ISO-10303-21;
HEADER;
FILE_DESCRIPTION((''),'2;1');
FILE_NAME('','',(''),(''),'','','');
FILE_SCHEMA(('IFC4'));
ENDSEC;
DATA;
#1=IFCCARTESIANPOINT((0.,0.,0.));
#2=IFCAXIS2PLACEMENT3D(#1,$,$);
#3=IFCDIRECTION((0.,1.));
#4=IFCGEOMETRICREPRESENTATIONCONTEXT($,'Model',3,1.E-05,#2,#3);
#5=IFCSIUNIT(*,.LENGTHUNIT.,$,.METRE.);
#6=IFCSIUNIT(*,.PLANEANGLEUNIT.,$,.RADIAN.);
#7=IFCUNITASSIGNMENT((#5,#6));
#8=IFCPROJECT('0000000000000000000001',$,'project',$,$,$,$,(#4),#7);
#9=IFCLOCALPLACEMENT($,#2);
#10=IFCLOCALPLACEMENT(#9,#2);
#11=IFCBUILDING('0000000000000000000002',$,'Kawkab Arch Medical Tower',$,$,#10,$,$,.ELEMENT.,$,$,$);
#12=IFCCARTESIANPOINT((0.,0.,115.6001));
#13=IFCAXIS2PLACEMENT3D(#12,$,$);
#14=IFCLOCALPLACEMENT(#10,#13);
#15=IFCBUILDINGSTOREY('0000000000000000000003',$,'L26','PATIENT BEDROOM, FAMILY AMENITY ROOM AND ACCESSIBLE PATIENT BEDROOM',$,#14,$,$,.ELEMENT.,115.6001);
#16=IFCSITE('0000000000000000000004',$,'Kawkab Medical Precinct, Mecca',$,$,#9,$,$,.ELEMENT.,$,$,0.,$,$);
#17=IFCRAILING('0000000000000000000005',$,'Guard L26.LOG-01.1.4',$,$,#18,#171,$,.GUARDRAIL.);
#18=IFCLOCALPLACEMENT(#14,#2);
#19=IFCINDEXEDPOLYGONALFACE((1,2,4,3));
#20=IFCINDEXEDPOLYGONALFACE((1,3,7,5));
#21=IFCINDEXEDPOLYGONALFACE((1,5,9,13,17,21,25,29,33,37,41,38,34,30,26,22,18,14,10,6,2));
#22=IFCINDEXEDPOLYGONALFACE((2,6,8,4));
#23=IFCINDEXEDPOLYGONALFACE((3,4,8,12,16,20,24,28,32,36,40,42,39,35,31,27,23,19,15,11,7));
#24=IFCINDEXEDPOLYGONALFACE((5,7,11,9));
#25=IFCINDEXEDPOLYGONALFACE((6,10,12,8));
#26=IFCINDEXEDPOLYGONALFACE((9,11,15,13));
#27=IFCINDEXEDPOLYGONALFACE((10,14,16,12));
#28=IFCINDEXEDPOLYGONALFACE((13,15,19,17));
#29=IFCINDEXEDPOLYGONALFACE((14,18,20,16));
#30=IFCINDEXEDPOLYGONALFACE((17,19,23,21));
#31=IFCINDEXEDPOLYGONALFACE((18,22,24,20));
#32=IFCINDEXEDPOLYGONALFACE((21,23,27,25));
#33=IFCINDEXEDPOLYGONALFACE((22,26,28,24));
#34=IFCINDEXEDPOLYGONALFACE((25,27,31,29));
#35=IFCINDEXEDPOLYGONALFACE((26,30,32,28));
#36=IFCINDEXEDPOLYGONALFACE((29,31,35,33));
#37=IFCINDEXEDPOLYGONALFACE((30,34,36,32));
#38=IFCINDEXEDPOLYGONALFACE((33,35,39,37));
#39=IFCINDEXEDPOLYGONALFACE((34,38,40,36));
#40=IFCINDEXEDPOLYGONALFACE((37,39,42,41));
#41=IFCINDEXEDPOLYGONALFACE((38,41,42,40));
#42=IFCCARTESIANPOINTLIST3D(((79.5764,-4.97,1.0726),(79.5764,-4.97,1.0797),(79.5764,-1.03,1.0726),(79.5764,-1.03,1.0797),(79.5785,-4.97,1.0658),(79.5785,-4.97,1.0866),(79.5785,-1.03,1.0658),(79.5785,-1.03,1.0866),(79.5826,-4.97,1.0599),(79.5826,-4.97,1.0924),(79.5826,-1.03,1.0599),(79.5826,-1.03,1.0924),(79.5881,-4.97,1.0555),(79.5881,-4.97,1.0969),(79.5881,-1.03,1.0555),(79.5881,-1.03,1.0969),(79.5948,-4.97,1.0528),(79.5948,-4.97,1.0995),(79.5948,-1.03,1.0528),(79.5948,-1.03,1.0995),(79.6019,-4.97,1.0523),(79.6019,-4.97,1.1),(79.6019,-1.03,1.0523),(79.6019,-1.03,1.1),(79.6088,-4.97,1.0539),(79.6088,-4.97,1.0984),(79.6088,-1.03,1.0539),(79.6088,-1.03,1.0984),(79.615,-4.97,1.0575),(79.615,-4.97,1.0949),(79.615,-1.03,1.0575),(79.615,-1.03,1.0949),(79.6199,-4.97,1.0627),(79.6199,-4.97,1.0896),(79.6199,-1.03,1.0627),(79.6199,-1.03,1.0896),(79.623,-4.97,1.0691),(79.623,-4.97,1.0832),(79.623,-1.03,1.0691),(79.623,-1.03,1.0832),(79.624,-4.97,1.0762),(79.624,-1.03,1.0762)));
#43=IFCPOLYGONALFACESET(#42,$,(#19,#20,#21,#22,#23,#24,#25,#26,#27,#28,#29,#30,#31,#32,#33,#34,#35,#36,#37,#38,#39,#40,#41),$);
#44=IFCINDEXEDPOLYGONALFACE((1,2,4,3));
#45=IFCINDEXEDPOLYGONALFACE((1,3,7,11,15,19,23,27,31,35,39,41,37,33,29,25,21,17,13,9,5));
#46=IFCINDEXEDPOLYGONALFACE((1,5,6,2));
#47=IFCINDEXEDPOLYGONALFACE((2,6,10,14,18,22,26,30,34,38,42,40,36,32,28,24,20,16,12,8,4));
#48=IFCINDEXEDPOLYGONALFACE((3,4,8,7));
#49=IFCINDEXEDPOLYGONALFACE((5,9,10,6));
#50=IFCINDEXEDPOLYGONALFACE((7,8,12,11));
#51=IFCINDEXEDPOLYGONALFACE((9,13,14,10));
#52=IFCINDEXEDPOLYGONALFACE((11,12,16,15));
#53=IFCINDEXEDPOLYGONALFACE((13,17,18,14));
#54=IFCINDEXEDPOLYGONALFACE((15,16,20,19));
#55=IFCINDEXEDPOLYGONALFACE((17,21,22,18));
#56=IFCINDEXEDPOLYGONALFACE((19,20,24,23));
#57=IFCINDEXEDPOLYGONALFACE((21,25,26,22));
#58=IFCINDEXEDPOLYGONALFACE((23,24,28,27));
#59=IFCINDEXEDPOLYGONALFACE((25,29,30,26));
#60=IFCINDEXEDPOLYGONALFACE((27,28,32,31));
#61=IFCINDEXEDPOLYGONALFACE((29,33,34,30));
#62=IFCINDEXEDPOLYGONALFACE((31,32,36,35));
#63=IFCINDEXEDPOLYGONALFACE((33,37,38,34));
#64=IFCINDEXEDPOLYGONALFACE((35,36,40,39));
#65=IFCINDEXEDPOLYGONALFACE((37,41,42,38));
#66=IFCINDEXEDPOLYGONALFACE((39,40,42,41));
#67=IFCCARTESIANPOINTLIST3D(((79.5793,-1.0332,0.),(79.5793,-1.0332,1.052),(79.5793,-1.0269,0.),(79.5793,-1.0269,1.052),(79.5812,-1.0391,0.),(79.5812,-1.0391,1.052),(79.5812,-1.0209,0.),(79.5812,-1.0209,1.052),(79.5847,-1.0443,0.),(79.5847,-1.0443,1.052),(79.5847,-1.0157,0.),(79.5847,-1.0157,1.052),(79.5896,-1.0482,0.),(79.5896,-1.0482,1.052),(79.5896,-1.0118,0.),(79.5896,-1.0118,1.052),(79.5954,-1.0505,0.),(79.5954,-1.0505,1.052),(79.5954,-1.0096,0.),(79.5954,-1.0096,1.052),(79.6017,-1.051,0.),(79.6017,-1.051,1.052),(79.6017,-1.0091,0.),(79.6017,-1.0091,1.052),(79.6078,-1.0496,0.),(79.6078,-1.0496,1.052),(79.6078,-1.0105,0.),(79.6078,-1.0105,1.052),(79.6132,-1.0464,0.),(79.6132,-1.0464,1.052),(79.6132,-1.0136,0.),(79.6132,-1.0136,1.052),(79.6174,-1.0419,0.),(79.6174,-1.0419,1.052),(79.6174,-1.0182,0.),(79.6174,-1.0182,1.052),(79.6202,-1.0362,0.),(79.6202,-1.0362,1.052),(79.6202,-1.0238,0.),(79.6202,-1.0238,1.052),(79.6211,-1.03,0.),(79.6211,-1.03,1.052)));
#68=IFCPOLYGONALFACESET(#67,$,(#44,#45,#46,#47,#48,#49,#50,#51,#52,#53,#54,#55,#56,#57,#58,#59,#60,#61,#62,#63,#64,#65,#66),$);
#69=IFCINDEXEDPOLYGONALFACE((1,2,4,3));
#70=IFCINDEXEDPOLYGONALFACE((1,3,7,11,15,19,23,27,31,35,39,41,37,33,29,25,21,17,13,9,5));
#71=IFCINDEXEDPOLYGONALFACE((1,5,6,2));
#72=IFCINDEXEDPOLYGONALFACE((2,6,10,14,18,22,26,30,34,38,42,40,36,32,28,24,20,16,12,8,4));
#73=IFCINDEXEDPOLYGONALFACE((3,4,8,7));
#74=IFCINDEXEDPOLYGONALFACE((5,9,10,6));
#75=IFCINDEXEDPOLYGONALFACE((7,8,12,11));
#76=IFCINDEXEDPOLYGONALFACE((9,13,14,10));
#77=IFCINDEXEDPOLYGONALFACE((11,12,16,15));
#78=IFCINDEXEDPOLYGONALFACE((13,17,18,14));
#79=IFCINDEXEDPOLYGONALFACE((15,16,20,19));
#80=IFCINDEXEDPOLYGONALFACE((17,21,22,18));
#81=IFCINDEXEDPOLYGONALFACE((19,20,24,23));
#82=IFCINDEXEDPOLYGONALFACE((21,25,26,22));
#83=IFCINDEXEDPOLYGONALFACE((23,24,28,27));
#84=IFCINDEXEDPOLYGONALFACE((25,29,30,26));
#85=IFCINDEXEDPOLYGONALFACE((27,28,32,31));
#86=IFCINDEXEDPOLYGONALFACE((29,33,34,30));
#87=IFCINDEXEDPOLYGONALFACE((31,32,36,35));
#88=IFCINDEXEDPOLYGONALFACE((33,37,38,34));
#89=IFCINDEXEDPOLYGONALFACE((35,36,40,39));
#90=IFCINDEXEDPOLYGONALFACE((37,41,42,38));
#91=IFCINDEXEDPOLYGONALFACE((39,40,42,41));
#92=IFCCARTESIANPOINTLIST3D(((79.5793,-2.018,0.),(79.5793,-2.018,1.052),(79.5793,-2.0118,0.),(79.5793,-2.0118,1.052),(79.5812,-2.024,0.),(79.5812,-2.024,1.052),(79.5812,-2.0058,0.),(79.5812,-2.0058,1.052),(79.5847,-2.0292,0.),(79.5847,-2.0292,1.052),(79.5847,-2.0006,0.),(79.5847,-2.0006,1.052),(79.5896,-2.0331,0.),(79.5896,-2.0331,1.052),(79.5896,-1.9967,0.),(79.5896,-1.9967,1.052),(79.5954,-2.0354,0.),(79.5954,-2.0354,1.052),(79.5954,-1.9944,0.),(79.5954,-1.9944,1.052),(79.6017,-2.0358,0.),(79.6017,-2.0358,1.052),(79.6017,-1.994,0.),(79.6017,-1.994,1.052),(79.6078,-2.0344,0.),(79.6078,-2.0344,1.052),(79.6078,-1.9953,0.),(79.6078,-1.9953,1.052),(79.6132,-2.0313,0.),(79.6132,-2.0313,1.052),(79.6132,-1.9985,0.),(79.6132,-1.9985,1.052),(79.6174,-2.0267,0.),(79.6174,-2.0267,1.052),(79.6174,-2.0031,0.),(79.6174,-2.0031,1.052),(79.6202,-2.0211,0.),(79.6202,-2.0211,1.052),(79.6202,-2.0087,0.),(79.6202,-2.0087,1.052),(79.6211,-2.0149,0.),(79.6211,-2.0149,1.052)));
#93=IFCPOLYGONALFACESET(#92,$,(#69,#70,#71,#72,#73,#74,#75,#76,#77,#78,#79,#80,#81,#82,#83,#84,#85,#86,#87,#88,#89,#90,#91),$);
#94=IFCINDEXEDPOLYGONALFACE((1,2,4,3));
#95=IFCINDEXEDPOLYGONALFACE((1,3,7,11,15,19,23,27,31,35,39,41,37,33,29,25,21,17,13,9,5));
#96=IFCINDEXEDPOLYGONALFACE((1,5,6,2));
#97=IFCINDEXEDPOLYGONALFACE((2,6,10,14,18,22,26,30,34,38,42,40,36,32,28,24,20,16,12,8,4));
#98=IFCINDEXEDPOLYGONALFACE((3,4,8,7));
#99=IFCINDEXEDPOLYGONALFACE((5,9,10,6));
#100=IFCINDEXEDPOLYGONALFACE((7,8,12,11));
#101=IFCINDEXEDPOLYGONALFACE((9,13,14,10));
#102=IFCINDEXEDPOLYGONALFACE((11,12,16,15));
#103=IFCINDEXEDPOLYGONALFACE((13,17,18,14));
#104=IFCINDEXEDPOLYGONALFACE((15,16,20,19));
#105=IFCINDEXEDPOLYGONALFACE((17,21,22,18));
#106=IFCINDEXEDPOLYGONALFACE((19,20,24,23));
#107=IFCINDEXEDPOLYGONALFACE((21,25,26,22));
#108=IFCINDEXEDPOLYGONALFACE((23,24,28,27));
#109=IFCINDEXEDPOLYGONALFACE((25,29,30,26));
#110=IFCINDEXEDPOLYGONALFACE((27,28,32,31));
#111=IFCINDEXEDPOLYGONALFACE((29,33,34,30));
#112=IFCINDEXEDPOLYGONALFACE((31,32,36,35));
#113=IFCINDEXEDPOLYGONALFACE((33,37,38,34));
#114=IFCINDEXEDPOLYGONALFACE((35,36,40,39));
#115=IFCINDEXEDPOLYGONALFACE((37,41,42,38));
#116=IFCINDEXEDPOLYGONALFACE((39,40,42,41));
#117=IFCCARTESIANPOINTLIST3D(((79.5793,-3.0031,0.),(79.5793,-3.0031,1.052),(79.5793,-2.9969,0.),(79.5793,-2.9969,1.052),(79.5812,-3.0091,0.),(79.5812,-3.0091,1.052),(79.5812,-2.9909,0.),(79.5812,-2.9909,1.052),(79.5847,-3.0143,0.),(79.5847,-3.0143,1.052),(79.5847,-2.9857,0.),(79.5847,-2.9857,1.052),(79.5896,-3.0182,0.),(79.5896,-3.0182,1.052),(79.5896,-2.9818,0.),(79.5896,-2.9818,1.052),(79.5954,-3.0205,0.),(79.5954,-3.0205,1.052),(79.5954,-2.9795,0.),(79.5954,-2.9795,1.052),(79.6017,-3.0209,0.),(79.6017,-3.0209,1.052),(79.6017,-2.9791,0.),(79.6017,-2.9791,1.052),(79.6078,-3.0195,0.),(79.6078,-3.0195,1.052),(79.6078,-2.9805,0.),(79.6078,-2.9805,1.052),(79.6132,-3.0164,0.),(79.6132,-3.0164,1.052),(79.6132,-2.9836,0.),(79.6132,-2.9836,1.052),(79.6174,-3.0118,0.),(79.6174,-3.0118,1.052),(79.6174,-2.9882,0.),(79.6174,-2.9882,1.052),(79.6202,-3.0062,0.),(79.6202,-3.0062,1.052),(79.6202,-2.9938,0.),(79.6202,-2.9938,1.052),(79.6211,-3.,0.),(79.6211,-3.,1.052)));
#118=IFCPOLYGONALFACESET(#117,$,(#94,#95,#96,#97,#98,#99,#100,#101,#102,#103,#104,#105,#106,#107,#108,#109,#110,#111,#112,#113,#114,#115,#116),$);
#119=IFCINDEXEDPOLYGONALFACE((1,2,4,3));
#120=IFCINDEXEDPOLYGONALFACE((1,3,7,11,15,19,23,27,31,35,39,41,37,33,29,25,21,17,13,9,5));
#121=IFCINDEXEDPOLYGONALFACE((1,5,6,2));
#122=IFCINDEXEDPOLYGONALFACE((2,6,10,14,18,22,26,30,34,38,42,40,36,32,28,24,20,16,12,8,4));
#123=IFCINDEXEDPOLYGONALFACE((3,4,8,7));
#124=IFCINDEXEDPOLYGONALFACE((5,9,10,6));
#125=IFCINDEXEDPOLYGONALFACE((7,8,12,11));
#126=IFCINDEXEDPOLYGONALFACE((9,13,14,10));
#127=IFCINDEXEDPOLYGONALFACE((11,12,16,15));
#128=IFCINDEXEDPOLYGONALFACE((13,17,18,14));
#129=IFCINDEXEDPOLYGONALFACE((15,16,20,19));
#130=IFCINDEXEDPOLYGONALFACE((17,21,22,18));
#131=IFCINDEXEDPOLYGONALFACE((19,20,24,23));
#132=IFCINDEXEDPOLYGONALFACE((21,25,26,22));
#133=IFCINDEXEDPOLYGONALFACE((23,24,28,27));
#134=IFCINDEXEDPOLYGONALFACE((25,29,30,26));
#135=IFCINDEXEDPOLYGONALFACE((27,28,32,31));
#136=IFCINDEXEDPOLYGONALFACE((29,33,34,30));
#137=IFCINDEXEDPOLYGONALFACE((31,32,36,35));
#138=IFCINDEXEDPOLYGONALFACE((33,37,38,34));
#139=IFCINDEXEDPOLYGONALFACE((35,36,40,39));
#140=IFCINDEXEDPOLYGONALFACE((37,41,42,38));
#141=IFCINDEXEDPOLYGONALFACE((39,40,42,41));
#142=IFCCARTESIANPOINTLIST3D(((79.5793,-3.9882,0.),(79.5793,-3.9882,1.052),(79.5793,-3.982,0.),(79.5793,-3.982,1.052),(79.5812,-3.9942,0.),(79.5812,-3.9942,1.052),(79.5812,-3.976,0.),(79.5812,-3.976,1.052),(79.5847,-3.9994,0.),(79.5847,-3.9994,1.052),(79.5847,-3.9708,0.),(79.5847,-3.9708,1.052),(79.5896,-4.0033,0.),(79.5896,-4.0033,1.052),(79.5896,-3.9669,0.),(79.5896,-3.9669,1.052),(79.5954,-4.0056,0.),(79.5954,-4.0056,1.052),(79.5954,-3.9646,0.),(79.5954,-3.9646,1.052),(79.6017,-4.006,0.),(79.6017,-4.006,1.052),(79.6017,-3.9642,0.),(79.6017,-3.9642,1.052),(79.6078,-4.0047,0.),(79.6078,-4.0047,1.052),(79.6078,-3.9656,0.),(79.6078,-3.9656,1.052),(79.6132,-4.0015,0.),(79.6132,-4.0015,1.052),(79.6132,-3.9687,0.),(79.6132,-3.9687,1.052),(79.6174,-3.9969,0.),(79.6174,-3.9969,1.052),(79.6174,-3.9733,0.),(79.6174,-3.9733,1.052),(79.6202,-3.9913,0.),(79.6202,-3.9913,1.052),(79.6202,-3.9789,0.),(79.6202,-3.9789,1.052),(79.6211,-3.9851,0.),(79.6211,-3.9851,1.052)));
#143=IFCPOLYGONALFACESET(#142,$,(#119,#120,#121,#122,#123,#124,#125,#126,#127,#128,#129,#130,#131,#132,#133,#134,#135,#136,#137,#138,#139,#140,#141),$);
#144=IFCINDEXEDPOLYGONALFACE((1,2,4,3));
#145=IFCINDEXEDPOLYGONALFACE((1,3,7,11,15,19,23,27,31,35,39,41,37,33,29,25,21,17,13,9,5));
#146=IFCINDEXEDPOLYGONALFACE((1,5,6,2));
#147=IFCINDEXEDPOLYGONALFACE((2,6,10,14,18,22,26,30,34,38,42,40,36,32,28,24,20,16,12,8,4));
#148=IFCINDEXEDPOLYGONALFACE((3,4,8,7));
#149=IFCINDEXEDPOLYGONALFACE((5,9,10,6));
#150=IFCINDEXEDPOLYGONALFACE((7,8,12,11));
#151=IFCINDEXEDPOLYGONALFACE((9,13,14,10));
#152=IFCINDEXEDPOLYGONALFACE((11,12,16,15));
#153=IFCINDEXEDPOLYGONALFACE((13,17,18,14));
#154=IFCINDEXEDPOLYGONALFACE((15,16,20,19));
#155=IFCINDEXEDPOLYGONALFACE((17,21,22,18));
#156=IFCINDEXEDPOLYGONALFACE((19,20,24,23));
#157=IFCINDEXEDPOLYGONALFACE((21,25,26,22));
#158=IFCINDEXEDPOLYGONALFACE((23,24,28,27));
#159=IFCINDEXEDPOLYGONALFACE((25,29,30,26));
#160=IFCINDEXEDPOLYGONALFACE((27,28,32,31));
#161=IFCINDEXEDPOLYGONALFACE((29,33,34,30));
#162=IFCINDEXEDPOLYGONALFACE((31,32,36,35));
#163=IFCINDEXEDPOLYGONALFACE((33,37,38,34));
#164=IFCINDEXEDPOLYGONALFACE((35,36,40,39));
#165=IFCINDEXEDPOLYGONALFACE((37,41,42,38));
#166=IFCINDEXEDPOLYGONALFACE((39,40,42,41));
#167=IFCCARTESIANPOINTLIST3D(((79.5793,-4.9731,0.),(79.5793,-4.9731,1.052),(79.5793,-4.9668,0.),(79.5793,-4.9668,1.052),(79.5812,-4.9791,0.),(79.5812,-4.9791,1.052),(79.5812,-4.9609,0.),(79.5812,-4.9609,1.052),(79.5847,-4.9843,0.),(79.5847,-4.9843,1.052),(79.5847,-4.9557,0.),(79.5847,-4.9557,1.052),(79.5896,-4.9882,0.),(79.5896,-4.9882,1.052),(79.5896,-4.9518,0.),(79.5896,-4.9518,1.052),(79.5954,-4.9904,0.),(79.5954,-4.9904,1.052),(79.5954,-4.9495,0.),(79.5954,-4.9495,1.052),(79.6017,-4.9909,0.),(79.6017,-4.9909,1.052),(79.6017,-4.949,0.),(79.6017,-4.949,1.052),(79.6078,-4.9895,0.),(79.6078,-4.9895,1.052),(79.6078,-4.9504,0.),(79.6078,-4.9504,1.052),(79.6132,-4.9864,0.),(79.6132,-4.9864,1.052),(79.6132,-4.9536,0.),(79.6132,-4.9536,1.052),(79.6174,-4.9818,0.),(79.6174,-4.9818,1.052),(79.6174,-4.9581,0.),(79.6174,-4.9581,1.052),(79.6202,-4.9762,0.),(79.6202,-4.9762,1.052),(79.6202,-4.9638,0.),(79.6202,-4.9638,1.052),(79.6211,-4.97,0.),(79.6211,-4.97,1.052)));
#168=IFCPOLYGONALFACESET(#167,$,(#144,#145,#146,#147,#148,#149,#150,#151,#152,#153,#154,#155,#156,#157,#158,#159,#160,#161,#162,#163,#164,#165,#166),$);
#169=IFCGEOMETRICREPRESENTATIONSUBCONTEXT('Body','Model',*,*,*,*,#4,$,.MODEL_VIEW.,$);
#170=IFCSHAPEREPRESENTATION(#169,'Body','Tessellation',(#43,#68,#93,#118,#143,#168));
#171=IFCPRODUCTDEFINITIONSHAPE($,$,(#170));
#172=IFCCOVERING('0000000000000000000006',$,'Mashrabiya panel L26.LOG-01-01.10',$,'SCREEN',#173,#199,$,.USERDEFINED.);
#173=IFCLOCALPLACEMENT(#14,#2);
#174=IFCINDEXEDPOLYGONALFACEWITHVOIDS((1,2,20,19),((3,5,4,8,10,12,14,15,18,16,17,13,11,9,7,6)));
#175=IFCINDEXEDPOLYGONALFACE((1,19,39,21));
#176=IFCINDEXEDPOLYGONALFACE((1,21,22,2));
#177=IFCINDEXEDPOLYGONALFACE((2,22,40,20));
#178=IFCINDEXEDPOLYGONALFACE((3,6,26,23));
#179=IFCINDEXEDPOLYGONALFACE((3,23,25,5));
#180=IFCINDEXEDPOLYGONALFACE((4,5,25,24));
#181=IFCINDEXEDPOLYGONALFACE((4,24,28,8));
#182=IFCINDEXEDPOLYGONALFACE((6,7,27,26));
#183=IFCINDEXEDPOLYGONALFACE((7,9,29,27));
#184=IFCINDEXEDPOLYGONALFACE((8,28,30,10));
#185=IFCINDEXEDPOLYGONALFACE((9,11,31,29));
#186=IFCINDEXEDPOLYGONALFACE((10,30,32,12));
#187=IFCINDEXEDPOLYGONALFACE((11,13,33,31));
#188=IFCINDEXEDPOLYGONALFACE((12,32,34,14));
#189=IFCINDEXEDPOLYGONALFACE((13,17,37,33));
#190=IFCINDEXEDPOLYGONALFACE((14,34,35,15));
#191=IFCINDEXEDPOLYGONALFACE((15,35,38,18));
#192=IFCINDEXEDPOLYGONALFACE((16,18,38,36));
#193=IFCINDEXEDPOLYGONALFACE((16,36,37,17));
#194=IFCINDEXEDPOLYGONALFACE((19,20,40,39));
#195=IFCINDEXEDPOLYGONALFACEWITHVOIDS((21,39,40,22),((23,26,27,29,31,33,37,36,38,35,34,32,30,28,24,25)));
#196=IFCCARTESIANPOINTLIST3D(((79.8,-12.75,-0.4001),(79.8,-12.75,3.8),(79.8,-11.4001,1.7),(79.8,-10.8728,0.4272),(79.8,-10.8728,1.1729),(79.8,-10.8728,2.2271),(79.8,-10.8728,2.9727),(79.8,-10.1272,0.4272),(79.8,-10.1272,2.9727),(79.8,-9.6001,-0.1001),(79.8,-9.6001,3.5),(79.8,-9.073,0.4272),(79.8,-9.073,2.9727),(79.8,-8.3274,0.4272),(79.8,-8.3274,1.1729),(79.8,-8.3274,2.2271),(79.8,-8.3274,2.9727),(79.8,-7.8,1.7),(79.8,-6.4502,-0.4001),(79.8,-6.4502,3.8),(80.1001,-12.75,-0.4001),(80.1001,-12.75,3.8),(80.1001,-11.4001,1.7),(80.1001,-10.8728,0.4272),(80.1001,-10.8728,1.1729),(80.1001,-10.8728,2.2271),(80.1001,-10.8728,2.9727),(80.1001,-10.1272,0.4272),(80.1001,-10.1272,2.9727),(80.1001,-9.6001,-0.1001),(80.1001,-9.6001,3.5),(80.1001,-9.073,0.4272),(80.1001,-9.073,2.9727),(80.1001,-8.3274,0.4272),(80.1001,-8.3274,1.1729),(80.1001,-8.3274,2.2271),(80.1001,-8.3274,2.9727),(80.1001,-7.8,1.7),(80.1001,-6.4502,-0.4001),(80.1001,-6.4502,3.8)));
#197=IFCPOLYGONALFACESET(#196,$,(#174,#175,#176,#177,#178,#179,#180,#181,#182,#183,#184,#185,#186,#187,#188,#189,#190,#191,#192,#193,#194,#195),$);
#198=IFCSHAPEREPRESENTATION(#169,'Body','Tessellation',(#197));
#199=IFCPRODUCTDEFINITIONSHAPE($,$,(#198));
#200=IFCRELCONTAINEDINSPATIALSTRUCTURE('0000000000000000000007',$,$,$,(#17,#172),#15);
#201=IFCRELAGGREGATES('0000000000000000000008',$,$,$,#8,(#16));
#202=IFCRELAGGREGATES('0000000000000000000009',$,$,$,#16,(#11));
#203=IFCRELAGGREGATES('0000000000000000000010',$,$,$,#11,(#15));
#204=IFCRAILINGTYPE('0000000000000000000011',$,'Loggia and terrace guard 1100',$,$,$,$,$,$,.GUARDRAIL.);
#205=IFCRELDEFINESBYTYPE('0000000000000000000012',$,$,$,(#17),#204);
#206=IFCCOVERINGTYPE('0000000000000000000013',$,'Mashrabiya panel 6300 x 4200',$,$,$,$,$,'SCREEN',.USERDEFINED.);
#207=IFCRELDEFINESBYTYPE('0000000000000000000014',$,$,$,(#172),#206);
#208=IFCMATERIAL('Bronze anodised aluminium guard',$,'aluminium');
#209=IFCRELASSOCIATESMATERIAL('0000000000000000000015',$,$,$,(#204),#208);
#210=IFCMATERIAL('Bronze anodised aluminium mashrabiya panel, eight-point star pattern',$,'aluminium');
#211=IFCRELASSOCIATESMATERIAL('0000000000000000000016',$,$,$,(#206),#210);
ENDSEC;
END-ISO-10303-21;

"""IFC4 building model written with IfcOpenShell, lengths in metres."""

from ifc_helpers import new_model, si_unit, direction, frame, origin, origin_2d, place, context, subcontext, project, spatial, polyline, circle, outline, extrude, material, material_profile, profile_set, type_object, element, save


model = new_model("IFC4")

# Units and contexts
model_context = context("Model", 3, precision=1e-05, world=origin(), true_north=direction((0.0, 1.0)))
body_context = subcontext(model_context, "Body", "Model", "MODEL_VIEW")
ifc_project = project(units=[si_unit("LENGTHUNIT", "METRE"), si_unit("PLANEANGLEUNIT", "RADIAN")], contexts=[model_context])

# Site, building, storey
site_placement = place(None, origin())
site = spatial("IfcSite", under=ifc_project, at=site_placement, Name="Kawkab Medical Precinct, Mecca", CompositionType="ELEMENT", RefElevation=0.0)
building_placement = place(site_placement, origin())
building = spatial("IfcBuilding", under=site, at=building_placement, Name="Kawkab Arch Medical Tower", CompositionType="ELEMENT")
storey_placement = place(building_placement, frame((0.0, 0.0, 115.6001)))
storey = spatial("IfcBuildingStorey", under=building, at=storey_placement, Name="L26", Description="PATIENT BEDROOM, FAMILY AMENITY ROOM AND ACCESSIBLE PATIENT BEDROOM", CompositionType="ELEMENT", Elevation=115.6001)

# Railing
ifc_material_1 = material(Name="Bronze anodised aluminium guard", Category="aluminium")
railing_type_1 = type_object("IfcRailingType", Name="Loggia and terrace guard 1100", PredefinedType="GUARDRAIL", material=ifc_material_1)
railing_1_placement = place(storey_placement, frame((79.6001, -1.03, 0.0)))
element("IfcRailing", 1, at=railing_1_placement, inside=storey, type_object=railing_type_1, Name="Guard L26.LOG-01.1.4", PredefinedType="GUARDRAIL", context=body_context, shape_type="SweptSolid", body=[
    extrude(circle(Radius=0.0239, at=origin_2d()), frame((0.0, 0.0, 1.0762), z_axis=(0.0, -1.0, 0.0), x_axis=(1.0, 0.0, 0.0)), (0.0, 0.0, 1.0), 3.9399),
    extrude(circle(Radius=0.021, at=origin_2d()), origin(), (0.0, 0.0, 1.0), 1.052),
    extrude(circle(Radius=0.021, at=origin_2d()), frame((0.0, -0.9849, 0.0)), (0.0, 0.0, 1.0), 1.052),
    extrude(circle(Radius=0.021, at=origin_2d()), frame((0.0, -1.97, 0.0)), (0.0, 0.0, 1.0), 1.052),
    extrude(circle(Radius=0.021, at=origin_2d()), frame((0.0, -2.9551, 0.0)), (0.0, 0.0, 1.0), 1.052),
    extrude(circle(Radius=0.021, at=origin_2d()), frame((0.0, -3.9399, 0.0)), (0.0, 0.0, 1.0), 1.052),
])

# Covering
ifc_material_2 = material(Name="Bronze anodised aluminium mashrabiya panel, eight-point star pattern", Category="aluminium")
ifc_material_profile_1 = material_profile(ifc_material_2, outline(polyline([(-3.1499, -2.1001), (3.1499, -2.1001), (3.1499, 2.1001), (-3.1499, 2.1001), (-3.1499, -2.1001)]), holes=[polyline([(1.8, 0.0), (1.2727, 0.5271), (1.2727, 1.2727), (0.5271, 1.2727), (0.0, 1.8), (-0.5271, 1.2727), (-1.2727, 1.2727), (-1.2727, 0.5271), (-1.8, 0.0), (-1.2727, -0.5271), (-1.2727, -1.2727), (-0.5271, -1.2727), (0.0, -1.8), (0.5271, -1.2727), (1.2727, -1.2727), (1.2727, -0.5271), (1.8, 0.0)])]), Name="Mashrabiya panel 6300x4200")
ifc_profile_set_1 = profile_set([ifc_material_profile_1], Name="Bronze anodised aluminium mashrabiya panel, eight-point star pattern")
covering_type_1 = type_object("IfcCoveringType", Name="Mashrabiya panel 6300 x 4200", ElementType="SCREEN", PredefinedType="USERDEFINED", material=ifc_profile_set_1)
covering_1_placement = place(storey_placement, frame((79.8, -9.6001, 1.7), z_axis=(1.0, 0.0, 0.0), x_axis=(0.0, 1.0, 0.0)))
element("IfcCovering", 2, at=covering_1_placement, inside=storey, type_object=covering_type_1, Name="Mashrabiya panel L26.LOG-01-01.10", ObjectType="SCREEN", PredefinedType="USERDEFINED", context=body_context, shape_type="SweptSolid", body=[
    extrude(outline(polyline([(-3.1499, -2.1001), (3.1499, -2.1001), (3.1499, 2.1001), (-3.1499, 2.1001), (-3.1499, -2.1001)]), holes=[polyline([(1.8, 0.0), (1.2727, 0.5271), (1.2727, 1.2727), (0.5271, 1.2727), (0.0, 1.8), (-0.5271, 1.2727), (-1.2727, 1.2727), (-1.2727, 0.5271), (-1.8, 0.0), (-1.2727, -0.5271), (-1.2727, -1.2727), (-0.5271, -1.2727), (0.0, -1.8), (0.5271, -1.2727), (1.2727, -1.2727), (1.2727, -0.5271), (1.8, 0.0)])]), origin(), (0.0, 0.0, 1.0), 0.3),
])

save(model, "model.ifc")
